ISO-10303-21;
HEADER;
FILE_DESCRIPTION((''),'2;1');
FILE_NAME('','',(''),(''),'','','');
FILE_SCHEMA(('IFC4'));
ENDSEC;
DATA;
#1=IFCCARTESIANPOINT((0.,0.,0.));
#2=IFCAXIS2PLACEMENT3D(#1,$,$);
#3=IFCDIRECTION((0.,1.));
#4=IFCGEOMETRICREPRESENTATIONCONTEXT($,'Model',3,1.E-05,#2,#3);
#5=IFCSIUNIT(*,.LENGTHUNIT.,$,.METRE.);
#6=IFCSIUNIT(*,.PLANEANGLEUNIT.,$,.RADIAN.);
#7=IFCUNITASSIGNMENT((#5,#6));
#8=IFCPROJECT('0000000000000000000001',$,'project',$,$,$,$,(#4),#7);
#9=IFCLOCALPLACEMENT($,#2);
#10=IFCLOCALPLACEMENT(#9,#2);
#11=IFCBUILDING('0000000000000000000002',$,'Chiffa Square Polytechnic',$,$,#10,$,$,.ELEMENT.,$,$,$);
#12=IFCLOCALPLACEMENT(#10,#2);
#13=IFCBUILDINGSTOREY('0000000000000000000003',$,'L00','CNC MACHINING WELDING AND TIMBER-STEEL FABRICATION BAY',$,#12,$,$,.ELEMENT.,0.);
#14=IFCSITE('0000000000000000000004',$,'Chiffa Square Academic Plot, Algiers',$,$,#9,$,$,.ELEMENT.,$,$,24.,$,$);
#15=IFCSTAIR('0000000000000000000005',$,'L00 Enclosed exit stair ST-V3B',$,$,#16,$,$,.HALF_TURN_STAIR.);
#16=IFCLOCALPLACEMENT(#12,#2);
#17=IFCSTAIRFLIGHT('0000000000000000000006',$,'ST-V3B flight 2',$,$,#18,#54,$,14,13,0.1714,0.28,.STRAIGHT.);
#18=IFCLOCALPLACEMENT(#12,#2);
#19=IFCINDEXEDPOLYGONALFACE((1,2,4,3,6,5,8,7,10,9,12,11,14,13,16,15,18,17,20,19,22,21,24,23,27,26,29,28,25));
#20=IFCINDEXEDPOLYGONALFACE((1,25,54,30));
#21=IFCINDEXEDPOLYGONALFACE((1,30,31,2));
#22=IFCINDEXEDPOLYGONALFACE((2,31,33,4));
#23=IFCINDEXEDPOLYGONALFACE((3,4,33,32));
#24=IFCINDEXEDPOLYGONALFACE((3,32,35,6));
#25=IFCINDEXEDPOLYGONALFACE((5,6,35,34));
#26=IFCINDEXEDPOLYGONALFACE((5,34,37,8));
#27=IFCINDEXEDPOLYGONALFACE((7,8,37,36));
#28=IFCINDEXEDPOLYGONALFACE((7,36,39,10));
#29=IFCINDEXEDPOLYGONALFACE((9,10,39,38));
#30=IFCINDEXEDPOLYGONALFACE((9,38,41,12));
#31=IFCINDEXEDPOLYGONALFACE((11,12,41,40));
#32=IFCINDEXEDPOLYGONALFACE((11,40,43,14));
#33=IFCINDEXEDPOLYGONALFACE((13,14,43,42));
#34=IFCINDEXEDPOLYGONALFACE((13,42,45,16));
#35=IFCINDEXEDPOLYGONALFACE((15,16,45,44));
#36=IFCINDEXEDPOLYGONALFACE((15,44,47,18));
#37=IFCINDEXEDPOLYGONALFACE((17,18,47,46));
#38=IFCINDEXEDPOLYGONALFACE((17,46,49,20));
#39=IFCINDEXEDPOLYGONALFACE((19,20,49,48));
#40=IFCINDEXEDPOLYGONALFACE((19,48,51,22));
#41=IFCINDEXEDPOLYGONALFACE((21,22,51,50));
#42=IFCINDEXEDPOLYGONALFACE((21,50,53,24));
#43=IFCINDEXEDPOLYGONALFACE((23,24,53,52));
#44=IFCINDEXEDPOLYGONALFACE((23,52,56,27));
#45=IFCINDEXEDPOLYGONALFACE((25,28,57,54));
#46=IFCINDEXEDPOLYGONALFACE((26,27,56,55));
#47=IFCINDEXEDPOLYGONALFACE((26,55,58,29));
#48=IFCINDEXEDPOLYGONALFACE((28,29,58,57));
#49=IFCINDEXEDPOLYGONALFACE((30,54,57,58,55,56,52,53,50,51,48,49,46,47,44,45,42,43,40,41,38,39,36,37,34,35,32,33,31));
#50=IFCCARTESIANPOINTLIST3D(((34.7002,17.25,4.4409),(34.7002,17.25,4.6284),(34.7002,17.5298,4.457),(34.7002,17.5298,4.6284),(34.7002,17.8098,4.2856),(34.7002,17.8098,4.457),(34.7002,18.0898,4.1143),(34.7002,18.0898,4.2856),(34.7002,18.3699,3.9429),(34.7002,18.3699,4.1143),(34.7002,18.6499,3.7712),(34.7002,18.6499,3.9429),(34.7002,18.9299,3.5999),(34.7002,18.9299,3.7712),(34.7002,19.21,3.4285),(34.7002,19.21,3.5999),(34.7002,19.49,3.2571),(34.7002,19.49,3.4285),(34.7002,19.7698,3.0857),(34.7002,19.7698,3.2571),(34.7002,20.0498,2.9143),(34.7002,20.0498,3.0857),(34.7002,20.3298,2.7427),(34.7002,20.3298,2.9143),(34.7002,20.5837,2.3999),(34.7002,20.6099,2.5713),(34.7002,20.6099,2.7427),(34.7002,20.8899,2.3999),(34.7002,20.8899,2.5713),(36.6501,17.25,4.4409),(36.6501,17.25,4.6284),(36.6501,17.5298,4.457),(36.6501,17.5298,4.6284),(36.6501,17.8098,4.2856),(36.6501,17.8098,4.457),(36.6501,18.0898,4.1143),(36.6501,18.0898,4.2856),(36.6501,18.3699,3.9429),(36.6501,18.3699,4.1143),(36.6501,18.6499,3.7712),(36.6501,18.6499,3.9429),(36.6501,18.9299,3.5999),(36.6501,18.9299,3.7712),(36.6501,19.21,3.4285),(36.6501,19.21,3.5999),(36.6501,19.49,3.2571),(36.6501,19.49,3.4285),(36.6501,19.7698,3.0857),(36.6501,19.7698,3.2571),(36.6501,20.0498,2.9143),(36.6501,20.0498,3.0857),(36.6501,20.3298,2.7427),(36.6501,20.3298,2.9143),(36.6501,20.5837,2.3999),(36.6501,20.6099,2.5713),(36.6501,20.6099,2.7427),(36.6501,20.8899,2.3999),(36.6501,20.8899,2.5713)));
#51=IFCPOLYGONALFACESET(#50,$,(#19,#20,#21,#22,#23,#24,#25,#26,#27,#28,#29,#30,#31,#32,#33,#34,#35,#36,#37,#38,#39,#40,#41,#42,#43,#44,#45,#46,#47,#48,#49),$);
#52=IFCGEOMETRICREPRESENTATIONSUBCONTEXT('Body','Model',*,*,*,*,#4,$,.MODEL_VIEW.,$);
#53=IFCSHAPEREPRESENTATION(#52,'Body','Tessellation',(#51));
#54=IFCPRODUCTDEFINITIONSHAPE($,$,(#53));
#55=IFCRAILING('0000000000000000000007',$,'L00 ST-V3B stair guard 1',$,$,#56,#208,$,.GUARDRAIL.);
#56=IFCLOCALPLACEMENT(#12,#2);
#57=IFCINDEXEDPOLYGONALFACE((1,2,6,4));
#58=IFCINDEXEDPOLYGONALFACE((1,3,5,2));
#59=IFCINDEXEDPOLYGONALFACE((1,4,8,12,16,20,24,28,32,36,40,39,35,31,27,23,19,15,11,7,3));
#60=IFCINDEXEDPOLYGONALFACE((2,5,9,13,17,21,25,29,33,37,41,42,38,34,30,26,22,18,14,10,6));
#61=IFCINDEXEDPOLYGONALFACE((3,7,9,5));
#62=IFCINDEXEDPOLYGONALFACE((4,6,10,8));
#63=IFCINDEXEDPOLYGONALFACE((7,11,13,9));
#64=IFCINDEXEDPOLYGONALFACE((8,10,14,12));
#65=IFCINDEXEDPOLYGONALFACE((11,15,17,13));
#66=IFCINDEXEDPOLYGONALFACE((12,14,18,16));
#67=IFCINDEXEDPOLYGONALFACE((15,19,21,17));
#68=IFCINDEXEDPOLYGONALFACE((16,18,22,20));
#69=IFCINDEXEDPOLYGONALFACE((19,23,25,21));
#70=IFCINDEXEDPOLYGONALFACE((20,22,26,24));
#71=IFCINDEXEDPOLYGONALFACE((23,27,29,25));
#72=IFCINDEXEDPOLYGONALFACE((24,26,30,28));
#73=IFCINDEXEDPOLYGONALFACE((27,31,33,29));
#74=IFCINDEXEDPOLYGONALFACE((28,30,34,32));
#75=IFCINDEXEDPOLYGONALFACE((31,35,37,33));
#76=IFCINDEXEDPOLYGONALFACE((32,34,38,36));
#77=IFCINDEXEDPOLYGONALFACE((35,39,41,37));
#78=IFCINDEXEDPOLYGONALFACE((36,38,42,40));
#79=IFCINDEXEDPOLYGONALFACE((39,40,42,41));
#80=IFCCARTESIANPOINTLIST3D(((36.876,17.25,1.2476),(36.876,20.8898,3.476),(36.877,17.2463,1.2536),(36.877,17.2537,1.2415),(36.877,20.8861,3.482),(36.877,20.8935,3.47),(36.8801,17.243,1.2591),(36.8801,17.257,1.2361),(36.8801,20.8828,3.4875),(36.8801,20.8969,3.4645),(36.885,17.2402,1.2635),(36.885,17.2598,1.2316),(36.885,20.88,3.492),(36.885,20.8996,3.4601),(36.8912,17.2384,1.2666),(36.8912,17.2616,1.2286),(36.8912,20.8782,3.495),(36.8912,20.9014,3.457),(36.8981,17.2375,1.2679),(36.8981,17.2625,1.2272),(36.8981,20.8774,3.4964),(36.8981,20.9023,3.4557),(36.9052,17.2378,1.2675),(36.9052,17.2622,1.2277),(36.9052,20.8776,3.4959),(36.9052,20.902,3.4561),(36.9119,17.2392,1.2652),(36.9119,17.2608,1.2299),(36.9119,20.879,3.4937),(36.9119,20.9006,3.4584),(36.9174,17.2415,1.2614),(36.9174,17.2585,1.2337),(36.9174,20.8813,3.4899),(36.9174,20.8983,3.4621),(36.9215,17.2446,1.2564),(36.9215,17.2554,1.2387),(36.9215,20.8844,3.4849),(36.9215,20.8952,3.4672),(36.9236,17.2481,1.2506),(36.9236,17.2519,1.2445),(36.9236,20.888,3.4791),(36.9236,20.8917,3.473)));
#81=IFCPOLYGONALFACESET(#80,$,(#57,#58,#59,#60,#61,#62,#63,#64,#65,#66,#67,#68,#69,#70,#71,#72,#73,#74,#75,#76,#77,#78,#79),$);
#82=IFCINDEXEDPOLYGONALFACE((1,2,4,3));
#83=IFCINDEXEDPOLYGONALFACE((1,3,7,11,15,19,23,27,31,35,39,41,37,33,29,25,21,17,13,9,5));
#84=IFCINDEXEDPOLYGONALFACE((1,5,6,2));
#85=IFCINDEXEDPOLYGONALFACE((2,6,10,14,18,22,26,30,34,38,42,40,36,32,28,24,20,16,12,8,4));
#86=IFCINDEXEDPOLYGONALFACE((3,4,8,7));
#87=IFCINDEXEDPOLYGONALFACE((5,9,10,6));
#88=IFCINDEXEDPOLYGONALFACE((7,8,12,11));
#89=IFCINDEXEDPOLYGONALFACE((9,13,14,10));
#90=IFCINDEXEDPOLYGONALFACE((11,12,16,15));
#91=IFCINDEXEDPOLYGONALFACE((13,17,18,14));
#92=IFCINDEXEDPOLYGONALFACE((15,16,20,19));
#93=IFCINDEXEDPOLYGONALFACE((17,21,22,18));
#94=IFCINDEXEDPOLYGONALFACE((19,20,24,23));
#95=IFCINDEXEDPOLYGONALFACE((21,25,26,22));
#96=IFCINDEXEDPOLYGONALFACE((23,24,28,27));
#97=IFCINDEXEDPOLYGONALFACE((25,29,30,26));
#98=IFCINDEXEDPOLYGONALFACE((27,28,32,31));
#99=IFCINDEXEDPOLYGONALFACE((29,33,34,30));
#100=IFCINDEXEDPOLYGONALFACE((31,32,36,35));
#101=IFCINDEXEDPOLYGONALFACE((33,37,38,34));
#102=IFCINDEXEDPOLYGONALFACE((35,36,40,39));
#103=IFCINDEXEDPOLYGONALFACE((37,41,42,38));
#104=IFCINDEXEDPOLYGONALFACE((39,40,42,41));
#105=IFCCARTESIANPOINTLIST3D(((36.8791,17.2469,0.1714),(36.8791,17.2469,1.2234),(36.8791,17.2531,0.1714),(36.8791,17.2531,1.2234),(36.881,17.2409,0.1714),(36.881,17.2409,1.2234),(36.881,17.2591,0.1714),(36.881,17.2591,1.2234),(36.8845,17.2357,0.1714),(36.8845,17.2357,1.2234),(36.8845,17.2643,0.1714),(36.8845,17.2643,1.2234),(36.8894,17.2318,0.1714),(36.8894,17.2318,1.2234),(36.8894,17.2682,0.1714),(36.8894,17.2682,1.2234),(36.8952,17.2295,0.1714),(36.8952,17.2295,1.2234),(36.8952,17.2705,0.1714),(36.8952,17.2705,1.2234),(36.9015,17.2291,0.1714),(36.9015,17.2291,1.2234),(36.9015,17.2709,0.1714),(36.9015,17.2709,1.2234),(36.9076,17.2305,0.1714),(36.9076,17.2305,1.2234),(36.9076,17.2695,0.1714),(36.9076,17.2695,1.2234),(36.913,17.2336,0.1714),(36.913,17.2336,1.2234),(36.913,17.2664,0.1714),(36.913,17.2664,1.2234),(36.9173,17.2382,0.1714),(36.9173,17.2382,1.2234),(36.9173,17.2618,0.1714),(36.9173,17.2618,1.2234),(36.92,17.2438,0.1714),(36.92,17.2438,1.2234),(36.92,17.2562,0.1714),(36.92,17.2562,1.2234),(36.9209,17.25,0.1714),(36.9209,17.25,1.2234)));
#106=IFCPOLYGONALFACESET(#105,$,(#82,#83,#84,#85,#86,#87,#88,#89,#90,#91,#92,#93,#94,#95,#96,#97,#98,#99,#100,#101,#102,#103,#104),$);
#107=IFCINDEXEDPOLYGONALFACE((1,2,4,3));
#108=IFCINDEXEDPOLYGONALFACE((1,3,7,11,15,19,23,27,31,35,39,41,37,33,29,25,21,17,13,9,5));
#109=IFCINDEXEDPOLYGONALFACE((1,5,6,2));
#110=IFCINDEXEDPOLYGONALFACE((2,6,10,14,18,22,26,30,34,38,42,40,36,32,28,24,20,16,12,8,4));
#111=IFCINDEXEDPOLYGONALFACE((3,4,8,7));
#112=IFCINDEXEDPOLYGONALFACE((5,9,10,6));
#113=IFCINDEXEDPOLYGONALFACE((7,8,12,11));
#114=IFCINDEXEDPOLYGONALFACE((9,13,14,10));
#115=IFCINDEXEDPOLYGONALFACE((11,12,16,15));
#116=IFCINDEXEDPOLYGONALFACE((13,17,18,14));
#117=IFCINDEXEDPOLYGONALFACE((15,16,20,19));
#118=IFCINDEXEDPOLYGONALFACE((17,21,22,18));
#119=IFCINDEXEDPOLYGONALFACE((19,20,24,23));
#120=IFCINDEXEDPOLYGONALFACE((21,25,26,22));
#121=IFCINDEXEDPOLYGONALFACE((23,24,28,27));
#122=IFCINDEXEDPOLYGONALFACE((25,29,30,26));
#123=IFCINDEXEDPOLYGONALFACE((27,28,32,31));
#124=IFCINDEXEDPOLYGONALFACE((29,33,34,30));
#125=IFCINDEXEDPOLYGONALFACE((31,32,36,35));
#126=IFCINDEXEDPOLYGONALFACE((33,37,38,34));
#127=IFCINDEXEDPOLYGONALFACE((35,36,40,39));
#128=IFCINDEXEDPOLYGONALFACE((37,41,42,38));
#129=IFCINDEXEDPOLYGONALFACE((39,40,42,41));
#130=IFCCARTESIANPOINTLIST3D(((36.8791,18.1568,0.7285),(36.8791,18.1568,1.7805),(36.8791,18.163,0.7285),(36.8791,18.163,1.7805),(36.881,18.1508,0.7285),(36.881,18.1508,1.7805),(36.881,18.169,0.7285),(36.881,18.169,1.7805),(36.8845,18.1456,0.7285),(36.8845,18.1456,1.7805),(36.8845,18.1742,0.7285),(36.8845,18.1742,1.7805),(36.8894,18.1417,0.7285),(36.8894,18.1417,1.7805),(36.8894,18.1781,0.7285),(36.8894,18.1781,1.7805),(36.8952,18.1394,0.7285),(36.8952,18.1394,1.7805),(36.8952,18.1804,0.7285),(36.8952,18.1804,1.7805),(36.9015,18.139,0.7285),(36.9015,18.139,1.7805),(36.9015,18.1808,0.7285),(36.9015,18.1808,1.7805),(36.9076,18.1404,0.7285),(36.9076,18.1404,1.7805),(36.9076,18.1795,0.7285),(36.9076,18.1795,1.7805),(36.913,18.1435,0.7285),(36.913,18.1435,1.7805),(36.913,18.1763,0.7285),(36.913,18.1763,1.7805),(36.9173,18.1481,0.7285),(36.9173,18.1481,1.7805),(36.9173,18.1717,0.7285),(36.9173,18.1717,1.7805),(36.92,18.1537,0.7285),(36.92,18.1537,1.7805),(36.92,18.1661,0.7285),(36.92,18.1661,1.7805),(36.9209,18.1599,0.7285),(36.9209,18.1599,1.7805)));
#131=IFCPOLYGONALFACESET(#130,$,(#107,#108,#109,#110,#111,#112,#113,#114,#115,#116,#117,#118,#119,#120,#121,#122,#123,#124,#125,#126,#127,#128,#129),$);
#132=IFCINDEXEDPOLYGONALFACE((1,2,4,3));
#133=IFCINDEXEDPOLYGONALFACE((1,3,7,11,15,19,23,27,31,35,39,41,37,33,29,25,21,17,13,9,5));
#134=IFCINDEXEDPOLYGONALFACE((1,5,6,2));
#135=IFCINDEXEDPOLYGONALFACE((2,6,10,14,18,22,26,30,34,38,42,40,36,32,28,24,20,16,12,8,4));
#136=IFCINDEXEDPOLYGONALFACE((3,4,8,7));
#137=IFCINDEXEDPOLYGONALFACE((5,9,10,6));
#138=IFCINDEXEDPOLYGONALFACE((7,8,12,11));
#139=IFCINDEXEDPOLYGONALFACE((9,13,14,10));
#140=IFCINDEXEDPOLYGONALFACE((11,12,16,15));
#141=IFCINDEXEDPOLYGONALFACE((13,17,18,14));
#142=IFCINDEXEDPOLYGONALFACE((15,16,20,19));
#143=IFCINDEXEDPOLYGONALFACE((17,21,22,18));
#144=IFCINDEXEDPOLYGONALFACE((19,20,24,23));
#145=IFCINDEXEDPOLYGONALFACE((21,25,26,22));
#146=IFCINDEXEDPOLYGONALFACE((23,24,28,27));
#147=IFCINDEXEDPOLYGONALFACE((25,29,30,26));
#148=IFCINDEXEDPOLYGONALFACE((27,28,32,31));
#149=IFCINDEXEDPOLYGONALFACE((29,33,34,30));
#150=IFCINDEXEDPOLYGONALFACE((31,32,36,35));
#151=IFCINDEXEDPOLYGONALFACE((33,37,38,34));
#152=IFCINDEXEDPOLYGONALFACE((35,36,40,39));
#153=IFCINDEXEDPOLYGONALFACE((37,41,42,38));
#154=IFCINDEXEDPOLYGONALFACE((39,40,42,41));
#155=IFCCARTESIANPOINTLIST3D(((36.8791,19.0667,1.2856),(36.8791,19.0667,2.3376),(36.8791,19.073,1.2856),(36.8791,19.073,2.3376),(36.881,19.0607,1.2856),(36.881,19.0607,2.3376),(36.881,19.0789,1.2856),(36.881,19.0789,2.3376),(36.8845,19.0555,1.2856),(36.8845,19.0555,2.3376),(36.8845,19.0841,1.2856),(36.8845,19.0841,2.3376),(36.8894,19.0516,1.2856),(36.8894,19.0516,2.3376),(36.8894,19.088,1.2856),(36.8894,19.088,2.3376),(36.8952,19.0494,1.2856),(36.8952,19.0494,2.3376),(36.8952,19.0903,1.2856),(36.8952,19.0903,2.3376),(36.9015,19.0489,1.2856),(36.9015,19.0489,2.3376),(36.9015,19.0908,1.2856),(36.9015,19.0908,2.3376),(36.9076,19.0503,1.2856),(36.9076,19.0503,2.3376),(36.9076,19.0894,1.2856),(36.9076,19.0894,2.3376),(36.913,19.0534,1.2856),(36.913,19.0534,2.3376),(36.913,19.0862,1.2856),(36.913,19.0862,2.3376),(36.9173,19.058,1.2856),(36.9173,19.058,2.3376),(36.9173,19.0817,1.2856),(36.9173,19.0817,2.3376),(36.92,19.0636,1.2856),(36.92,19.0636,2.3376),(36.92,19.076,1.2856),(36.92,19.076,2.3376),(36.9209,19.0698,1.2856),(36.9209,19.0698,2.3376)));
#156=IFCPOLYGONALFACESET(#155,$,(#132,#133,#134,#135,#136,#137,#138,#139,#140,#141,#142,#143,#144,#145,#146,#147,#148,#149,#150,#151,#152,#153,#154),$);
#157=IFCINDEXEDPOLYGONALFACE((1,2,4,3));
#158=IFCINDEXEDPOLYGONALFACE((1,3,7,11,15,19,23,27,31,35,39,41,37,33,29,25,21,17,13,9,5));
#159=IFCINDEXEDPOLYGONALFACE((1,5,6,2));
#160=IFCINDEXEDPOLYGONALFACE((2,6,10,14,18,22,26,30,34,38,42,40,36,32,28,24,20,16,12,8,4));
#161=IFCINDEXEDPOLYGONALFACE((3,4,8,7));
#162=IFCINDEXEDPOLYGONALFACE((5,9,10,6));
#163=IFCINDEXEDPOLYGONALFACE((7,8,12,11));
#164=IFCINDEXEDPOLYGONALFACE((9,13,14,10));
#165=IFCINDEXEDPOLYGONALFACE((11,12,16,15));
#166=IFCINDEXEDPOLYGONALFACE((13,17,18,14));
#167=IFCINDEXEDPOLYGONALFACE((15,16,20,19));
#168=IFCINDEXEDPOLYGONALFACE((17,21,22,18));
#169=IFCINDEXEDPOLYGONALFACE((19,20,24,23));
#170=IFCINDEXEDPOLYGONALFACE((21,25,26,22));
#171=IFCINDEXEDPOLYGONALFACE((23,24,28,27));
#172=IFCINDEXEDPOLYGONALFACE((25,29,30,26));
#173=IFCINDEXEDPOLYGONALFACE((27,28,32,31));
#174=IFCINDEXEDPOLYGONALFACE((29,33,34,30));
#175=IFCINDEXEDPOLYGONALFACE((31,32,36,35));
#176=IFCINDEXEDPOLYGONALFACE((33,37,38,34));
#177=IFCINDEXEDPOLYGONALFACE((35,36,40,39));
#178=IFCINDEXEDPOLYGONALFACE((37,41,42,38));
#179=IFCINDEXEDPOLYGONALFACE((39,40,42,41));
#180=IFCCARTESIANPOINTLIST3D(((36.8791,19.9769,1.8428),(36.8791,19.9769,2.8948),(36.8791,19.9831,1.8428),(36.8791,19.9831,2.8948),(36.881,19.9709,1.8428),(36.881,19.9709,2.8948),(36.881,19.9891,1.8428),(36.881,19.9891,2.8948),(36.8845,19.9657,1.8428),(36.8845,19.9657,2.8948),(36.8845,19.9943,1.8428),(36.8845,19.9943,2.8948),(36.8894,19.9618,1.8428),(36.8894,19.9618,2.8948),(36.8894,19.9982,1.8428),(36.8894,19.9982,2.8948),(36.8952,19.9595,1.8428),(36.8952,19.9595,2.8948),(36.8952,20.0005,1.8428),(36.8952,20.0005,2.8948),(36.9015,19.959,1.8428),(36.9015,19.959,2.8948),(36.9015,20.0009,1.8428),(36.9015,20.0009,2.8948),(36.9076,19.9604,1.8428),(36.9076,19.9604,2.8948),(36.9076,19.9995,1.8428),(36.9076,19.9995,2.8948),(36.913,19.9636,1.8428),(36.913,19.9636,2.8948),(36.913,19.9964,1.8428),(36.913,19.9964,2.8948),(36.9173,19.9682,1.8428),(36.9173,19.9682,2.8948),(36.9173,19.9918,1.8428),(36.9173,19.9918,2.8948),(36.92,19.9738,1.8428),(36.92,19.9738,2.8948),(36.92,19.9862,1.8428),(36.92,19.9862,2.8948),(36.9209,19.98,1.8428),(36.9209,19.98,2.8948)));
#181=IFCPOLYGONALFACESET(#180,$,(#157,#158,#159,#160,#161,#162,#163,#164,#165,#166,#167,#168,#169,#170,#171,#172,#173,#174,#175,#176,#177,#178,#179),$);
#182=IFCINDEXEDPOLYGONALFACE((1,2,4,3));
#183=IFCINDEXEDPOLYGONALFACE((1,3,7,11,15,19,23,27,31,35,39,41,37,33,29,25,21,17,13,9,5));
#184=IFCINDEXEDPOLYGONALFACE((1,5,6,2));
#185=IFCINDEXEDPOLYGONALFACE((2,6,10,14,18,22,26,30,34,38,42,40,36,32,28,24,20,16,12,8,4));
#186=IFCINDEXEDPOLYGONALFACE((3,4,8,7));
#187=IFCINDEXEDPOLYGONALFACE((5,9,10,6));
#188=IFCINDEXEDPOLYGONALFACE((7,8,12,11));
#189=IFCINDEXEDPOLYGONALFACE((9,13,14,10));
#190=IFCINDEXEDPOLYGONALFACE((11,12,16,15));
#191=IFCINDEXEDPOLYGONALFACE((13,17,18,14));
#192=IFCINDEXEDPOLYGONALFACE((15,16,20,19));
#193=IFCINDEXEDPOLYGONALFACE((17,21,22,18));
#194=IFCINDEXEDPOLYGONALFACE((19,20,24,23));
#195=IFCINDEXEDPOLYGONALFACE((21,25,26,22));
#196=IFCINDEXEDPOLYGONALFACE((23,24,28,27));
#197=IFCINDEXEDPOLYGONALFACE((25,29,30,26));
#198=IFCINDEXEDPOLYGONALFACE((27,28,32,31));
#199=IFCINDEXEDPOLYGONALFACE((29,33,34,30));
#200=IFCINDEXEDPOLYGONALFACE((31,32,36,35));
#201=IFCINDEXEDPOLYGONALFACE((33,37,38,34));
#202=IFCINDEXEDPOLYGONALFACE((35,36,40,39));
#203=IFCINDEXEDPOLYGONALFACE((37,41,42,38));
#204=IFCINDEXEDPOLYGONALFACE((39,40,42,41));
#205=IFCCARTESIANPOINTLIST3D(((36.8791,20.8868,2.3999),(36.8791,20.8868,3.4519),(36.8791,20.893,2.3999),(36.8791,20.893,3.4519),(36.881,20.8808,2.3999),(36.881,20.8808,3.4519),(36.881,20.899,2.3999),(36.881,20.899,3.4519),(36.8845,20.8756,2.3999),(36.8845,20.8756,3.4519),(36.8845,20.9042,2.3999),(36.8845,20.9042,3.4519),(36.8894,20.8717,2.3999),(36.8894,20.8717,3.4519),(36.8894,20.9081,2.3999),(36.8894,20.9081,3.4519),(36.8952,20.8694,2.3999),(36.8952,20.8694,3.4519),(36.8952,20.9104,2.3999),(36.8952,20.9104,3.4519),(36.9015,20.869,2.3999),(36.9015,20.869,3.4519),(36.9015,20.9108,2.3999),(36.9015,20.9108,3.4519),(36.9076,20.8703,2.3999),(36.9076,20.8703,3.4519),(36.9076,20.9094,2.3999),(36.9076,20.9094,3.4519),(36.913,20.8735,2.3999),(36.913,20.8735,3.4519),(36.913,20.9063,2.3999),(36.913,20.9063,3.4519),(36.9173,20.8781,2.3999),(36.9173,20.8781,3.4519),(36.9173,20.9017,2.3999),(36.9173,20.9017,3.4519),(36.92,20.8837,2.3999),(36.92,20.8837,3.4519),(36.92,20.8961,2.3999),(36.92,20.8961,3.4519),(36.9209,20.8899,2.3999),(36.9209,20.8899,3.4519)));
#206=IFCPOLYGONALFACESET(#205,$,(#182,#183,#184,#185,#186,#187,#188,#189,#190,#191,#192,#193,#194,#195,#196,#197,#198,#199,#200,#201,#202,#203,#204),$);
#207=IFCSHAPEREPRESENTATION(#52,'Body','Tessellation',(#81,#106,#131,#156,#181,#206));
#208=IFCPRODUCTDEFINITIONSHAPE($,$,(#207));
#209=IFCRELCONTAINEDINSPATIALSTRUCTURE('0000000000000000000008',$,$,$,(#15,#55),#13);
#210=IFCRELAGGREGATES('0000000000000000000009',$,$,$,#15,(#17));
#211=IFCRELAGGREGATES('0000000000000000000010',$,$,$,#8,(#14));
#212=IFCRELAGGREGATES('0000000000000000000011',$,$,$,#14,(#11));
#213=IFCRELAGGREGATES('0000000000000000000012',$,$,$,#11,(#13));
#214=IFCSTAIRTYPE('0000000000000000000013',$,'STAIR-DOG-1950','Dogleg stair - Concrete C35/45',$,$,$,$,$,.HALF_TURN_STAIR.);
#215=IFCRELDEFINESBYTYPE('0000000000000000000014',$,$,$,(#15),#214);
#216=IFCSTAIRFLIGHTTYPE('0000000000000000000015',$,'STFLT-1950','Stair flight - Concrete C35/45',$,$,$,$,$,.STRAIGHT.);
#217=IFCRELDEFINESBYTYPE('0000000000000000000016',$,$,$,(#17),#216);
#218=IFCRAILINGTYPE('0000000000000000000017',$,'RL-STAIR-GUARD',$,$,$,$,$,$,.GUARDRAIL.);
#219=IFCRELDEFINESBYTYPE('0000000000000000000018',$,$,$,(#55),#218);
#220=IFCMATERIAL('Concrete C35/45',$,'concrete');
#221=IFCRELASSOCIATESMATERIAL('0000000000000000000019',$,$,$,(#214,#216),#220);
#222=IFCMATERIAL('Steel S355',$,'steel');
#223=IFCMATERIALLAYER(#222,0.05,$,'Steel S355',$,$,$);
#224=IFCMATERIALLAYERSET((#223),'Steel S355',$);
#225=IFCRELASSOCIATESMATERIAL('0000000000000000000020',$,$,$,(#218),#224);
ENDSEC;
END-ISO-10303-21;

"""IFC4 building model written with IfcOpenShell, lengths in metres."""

from ifc_helpers import new_model, si_unit, direction, frame, origin, origin_2d, place, context, subcontext, project, spatial, polyline, circle, outline, extrude, material, layer, layer_set, type_object, element, aggregate, save


model = new_model("IFC4")

# Units and contexts
model_context = context("Model", 3, precision=1e-05, world=origin(), true_north=direction((0.0, 1.0)))
body_context = subcontext(model_context, "Body", "Model", "MODEL_VIEW")
ifc_project = project(units=[si_unit("LENGTHUNIT", "METRE"), si_unit("PLANEANGLEUNIT", "RADIAN")], contexts=[model_context])

# Site, building, storey
site_placement = place(None, origin())
site = spatial("IfcSite", under=ifc_project, at=site_placement, Name="Chiffa Square Academic Plot, Algiers", CompositionType="ELEMENT", RefElevation=24.0)
building_placement = place(site_placement, origin())
building = spatial("IfcBuilding", under=site, at=building_placement, Name="Chiffa Square Polytechnic", CompositionType="ELEMENT")
storey_placement = place(building_placement, origin())
storey = spatial("IfcBuildingStorey", under=building, at=storey_placement, Name="L00", Description="CNC MACHINING WELDING AND TIMBER-STEEL FABRICATION BAY", CompositionType="ELEMENT", Elevation=0.0)

# Shared definitions
ifc_material_1 = material(Name="Concrete C35/45", Category="concrete")

# Stair, stair flight
stair_type = type_object("IfcStairType", Name="STAIR-DOG-1950", Description="Dogleg stair - Concrete C35/45", PredefinedType="HALF_TURN_STAIR", material=ifc_material_1)
stair_placement = place(storey_placement, origin())
stair = element("IfcStair", 1, at=stair_placement, inside=storey, type_object=stair_type, Name="L00 Enclosed exit stair ST-V3B", PredefinedType="HALF_TURN_STAIR")
stair_flight_type = type_object("IfcStairFlightType", Name="STFLT-1950", Description="Stair flight - Concrete C35/45", PredefinedType="STRAIGHT", material=ifc_material_1)
stair_flight_1_placement = place(storey_placement, frame((35.675, 20.8899, 2.3999), z_axis=(0.0, 0.0, 1.0), x_axis=(0.0, -1.0, 0.0)))
stair_flight_1 = element("IfcStairFlight", 2, at=stair_flight_1_placement, type_object=stair_flight_type, Name="ST-V3B flight 2", NumberOfRisers=14, NumberOfTreads=13, PredefinedType="STRAIGHT", RiserHeight=0.1714, TreadLength=0.28, context=body_context, shape_type="SweptSolid", body=[
    extrude(outline(polyline([(0.0, 0.0), (0.0, 0.1714), (0.28, 0.1714), (0.28, 0.3428), (0.5601, 0.3428), (0.5601, 0.5144), (0.8401, 0.5144), (0.8401, 0.6858), (1.1201, 0.6858), (1.1201, 0.8572), (1.3999, 0.8572), (1.3999, 1.0286), (1.6799, 1.0286), (1.6799, 1.2), (1.96, 1.2), (1.96, 1.3713), (2.24, 1.3713), (2.24, 1.543), (2.52, 1.543), (2.52, 1.7144), (2.8, 1.7144), (2.8, 1.8857), (3.0801, 1.8857), (3.0801, 2.0571), (3.3601, 2.0571), (3.3601, 2.2285), (3.6399, 2.2285), (3.6399, 2.3999), (3.6399, 2.041), (0.3062, 0.0), (0.0, 0.0)])), frame((0.0, 0.9751, 0.0), z_axis=(0.0, -1.0, 0.0), x_axis=(1.0, 0.0, 0.0)), (0.0, 0.0, 1.0), 1.95),
])
aggregate(stair, [stair_flight_1])

# Railing
ifc_material_2 = material(Name="Steel S355", Category="steel")
ifc_layer_1 = layer(ifc_material_2, 0.05, Name="Steel S355")
ifc_layer_set_1 = layer_set([ifc_layer_1], Name="Steel S355")
railing_type_1 = type_object("IfcRailingType", Name="RL-STAIR-GUARD", PredefinedType="GUARDRAIL", material=ifc_layer_set_1)
railing_1_placement = place(storey_placement, frame((36.8999, 17.25, 0.1714)))
element("IfcRailing", 3, at=railing_1_placement, inside=storey, type_object=railing_type_1, Name="L00 ST-V3B stair guard 1", PredefinedType="GUARDRAIL", context=body_context, shape_type="SweptSolid", body=[
    extrude(circle(Radius=0.0239, at=origin_2d()), frame((0.0, 0.0, 1.0762), z_axis=(0.0, 0.85285, 0.522156), x_axis=(-1.0, 0.0, 0.0)), (0.0, 0.0, 1.0), 4.2678),
    extrude(circle(Radius=0.021, at=origin_2d()), origin(), (0.0, 0.0, 1.0), 1.052),
    extrude(circle(Radius=0.021, at=origin_2d()), frame((0.0, 0.9099, 0.5571)), (0.0, 0.0, 1.0), 1.052),
    extrude(circle(Radius=0.021, at=origin_2d()), frame((0.0, 1.8198, 1.1143)), (0.0, 0.0, 1.0), 1.052),
    extrude(circle(Radius=0.021, at=origin_2d()), frame((0.0, 2.73, 1.6714)), (0.0, 0.0, 1.0), 1.052),
    extrude(circle(Radius=0.021, at=origin_2d()), frame((0.0, 3.6399, 2.2285)), (0.0, 0.0, 1.0), 1.052),
])

save(model, "model.ifc")
